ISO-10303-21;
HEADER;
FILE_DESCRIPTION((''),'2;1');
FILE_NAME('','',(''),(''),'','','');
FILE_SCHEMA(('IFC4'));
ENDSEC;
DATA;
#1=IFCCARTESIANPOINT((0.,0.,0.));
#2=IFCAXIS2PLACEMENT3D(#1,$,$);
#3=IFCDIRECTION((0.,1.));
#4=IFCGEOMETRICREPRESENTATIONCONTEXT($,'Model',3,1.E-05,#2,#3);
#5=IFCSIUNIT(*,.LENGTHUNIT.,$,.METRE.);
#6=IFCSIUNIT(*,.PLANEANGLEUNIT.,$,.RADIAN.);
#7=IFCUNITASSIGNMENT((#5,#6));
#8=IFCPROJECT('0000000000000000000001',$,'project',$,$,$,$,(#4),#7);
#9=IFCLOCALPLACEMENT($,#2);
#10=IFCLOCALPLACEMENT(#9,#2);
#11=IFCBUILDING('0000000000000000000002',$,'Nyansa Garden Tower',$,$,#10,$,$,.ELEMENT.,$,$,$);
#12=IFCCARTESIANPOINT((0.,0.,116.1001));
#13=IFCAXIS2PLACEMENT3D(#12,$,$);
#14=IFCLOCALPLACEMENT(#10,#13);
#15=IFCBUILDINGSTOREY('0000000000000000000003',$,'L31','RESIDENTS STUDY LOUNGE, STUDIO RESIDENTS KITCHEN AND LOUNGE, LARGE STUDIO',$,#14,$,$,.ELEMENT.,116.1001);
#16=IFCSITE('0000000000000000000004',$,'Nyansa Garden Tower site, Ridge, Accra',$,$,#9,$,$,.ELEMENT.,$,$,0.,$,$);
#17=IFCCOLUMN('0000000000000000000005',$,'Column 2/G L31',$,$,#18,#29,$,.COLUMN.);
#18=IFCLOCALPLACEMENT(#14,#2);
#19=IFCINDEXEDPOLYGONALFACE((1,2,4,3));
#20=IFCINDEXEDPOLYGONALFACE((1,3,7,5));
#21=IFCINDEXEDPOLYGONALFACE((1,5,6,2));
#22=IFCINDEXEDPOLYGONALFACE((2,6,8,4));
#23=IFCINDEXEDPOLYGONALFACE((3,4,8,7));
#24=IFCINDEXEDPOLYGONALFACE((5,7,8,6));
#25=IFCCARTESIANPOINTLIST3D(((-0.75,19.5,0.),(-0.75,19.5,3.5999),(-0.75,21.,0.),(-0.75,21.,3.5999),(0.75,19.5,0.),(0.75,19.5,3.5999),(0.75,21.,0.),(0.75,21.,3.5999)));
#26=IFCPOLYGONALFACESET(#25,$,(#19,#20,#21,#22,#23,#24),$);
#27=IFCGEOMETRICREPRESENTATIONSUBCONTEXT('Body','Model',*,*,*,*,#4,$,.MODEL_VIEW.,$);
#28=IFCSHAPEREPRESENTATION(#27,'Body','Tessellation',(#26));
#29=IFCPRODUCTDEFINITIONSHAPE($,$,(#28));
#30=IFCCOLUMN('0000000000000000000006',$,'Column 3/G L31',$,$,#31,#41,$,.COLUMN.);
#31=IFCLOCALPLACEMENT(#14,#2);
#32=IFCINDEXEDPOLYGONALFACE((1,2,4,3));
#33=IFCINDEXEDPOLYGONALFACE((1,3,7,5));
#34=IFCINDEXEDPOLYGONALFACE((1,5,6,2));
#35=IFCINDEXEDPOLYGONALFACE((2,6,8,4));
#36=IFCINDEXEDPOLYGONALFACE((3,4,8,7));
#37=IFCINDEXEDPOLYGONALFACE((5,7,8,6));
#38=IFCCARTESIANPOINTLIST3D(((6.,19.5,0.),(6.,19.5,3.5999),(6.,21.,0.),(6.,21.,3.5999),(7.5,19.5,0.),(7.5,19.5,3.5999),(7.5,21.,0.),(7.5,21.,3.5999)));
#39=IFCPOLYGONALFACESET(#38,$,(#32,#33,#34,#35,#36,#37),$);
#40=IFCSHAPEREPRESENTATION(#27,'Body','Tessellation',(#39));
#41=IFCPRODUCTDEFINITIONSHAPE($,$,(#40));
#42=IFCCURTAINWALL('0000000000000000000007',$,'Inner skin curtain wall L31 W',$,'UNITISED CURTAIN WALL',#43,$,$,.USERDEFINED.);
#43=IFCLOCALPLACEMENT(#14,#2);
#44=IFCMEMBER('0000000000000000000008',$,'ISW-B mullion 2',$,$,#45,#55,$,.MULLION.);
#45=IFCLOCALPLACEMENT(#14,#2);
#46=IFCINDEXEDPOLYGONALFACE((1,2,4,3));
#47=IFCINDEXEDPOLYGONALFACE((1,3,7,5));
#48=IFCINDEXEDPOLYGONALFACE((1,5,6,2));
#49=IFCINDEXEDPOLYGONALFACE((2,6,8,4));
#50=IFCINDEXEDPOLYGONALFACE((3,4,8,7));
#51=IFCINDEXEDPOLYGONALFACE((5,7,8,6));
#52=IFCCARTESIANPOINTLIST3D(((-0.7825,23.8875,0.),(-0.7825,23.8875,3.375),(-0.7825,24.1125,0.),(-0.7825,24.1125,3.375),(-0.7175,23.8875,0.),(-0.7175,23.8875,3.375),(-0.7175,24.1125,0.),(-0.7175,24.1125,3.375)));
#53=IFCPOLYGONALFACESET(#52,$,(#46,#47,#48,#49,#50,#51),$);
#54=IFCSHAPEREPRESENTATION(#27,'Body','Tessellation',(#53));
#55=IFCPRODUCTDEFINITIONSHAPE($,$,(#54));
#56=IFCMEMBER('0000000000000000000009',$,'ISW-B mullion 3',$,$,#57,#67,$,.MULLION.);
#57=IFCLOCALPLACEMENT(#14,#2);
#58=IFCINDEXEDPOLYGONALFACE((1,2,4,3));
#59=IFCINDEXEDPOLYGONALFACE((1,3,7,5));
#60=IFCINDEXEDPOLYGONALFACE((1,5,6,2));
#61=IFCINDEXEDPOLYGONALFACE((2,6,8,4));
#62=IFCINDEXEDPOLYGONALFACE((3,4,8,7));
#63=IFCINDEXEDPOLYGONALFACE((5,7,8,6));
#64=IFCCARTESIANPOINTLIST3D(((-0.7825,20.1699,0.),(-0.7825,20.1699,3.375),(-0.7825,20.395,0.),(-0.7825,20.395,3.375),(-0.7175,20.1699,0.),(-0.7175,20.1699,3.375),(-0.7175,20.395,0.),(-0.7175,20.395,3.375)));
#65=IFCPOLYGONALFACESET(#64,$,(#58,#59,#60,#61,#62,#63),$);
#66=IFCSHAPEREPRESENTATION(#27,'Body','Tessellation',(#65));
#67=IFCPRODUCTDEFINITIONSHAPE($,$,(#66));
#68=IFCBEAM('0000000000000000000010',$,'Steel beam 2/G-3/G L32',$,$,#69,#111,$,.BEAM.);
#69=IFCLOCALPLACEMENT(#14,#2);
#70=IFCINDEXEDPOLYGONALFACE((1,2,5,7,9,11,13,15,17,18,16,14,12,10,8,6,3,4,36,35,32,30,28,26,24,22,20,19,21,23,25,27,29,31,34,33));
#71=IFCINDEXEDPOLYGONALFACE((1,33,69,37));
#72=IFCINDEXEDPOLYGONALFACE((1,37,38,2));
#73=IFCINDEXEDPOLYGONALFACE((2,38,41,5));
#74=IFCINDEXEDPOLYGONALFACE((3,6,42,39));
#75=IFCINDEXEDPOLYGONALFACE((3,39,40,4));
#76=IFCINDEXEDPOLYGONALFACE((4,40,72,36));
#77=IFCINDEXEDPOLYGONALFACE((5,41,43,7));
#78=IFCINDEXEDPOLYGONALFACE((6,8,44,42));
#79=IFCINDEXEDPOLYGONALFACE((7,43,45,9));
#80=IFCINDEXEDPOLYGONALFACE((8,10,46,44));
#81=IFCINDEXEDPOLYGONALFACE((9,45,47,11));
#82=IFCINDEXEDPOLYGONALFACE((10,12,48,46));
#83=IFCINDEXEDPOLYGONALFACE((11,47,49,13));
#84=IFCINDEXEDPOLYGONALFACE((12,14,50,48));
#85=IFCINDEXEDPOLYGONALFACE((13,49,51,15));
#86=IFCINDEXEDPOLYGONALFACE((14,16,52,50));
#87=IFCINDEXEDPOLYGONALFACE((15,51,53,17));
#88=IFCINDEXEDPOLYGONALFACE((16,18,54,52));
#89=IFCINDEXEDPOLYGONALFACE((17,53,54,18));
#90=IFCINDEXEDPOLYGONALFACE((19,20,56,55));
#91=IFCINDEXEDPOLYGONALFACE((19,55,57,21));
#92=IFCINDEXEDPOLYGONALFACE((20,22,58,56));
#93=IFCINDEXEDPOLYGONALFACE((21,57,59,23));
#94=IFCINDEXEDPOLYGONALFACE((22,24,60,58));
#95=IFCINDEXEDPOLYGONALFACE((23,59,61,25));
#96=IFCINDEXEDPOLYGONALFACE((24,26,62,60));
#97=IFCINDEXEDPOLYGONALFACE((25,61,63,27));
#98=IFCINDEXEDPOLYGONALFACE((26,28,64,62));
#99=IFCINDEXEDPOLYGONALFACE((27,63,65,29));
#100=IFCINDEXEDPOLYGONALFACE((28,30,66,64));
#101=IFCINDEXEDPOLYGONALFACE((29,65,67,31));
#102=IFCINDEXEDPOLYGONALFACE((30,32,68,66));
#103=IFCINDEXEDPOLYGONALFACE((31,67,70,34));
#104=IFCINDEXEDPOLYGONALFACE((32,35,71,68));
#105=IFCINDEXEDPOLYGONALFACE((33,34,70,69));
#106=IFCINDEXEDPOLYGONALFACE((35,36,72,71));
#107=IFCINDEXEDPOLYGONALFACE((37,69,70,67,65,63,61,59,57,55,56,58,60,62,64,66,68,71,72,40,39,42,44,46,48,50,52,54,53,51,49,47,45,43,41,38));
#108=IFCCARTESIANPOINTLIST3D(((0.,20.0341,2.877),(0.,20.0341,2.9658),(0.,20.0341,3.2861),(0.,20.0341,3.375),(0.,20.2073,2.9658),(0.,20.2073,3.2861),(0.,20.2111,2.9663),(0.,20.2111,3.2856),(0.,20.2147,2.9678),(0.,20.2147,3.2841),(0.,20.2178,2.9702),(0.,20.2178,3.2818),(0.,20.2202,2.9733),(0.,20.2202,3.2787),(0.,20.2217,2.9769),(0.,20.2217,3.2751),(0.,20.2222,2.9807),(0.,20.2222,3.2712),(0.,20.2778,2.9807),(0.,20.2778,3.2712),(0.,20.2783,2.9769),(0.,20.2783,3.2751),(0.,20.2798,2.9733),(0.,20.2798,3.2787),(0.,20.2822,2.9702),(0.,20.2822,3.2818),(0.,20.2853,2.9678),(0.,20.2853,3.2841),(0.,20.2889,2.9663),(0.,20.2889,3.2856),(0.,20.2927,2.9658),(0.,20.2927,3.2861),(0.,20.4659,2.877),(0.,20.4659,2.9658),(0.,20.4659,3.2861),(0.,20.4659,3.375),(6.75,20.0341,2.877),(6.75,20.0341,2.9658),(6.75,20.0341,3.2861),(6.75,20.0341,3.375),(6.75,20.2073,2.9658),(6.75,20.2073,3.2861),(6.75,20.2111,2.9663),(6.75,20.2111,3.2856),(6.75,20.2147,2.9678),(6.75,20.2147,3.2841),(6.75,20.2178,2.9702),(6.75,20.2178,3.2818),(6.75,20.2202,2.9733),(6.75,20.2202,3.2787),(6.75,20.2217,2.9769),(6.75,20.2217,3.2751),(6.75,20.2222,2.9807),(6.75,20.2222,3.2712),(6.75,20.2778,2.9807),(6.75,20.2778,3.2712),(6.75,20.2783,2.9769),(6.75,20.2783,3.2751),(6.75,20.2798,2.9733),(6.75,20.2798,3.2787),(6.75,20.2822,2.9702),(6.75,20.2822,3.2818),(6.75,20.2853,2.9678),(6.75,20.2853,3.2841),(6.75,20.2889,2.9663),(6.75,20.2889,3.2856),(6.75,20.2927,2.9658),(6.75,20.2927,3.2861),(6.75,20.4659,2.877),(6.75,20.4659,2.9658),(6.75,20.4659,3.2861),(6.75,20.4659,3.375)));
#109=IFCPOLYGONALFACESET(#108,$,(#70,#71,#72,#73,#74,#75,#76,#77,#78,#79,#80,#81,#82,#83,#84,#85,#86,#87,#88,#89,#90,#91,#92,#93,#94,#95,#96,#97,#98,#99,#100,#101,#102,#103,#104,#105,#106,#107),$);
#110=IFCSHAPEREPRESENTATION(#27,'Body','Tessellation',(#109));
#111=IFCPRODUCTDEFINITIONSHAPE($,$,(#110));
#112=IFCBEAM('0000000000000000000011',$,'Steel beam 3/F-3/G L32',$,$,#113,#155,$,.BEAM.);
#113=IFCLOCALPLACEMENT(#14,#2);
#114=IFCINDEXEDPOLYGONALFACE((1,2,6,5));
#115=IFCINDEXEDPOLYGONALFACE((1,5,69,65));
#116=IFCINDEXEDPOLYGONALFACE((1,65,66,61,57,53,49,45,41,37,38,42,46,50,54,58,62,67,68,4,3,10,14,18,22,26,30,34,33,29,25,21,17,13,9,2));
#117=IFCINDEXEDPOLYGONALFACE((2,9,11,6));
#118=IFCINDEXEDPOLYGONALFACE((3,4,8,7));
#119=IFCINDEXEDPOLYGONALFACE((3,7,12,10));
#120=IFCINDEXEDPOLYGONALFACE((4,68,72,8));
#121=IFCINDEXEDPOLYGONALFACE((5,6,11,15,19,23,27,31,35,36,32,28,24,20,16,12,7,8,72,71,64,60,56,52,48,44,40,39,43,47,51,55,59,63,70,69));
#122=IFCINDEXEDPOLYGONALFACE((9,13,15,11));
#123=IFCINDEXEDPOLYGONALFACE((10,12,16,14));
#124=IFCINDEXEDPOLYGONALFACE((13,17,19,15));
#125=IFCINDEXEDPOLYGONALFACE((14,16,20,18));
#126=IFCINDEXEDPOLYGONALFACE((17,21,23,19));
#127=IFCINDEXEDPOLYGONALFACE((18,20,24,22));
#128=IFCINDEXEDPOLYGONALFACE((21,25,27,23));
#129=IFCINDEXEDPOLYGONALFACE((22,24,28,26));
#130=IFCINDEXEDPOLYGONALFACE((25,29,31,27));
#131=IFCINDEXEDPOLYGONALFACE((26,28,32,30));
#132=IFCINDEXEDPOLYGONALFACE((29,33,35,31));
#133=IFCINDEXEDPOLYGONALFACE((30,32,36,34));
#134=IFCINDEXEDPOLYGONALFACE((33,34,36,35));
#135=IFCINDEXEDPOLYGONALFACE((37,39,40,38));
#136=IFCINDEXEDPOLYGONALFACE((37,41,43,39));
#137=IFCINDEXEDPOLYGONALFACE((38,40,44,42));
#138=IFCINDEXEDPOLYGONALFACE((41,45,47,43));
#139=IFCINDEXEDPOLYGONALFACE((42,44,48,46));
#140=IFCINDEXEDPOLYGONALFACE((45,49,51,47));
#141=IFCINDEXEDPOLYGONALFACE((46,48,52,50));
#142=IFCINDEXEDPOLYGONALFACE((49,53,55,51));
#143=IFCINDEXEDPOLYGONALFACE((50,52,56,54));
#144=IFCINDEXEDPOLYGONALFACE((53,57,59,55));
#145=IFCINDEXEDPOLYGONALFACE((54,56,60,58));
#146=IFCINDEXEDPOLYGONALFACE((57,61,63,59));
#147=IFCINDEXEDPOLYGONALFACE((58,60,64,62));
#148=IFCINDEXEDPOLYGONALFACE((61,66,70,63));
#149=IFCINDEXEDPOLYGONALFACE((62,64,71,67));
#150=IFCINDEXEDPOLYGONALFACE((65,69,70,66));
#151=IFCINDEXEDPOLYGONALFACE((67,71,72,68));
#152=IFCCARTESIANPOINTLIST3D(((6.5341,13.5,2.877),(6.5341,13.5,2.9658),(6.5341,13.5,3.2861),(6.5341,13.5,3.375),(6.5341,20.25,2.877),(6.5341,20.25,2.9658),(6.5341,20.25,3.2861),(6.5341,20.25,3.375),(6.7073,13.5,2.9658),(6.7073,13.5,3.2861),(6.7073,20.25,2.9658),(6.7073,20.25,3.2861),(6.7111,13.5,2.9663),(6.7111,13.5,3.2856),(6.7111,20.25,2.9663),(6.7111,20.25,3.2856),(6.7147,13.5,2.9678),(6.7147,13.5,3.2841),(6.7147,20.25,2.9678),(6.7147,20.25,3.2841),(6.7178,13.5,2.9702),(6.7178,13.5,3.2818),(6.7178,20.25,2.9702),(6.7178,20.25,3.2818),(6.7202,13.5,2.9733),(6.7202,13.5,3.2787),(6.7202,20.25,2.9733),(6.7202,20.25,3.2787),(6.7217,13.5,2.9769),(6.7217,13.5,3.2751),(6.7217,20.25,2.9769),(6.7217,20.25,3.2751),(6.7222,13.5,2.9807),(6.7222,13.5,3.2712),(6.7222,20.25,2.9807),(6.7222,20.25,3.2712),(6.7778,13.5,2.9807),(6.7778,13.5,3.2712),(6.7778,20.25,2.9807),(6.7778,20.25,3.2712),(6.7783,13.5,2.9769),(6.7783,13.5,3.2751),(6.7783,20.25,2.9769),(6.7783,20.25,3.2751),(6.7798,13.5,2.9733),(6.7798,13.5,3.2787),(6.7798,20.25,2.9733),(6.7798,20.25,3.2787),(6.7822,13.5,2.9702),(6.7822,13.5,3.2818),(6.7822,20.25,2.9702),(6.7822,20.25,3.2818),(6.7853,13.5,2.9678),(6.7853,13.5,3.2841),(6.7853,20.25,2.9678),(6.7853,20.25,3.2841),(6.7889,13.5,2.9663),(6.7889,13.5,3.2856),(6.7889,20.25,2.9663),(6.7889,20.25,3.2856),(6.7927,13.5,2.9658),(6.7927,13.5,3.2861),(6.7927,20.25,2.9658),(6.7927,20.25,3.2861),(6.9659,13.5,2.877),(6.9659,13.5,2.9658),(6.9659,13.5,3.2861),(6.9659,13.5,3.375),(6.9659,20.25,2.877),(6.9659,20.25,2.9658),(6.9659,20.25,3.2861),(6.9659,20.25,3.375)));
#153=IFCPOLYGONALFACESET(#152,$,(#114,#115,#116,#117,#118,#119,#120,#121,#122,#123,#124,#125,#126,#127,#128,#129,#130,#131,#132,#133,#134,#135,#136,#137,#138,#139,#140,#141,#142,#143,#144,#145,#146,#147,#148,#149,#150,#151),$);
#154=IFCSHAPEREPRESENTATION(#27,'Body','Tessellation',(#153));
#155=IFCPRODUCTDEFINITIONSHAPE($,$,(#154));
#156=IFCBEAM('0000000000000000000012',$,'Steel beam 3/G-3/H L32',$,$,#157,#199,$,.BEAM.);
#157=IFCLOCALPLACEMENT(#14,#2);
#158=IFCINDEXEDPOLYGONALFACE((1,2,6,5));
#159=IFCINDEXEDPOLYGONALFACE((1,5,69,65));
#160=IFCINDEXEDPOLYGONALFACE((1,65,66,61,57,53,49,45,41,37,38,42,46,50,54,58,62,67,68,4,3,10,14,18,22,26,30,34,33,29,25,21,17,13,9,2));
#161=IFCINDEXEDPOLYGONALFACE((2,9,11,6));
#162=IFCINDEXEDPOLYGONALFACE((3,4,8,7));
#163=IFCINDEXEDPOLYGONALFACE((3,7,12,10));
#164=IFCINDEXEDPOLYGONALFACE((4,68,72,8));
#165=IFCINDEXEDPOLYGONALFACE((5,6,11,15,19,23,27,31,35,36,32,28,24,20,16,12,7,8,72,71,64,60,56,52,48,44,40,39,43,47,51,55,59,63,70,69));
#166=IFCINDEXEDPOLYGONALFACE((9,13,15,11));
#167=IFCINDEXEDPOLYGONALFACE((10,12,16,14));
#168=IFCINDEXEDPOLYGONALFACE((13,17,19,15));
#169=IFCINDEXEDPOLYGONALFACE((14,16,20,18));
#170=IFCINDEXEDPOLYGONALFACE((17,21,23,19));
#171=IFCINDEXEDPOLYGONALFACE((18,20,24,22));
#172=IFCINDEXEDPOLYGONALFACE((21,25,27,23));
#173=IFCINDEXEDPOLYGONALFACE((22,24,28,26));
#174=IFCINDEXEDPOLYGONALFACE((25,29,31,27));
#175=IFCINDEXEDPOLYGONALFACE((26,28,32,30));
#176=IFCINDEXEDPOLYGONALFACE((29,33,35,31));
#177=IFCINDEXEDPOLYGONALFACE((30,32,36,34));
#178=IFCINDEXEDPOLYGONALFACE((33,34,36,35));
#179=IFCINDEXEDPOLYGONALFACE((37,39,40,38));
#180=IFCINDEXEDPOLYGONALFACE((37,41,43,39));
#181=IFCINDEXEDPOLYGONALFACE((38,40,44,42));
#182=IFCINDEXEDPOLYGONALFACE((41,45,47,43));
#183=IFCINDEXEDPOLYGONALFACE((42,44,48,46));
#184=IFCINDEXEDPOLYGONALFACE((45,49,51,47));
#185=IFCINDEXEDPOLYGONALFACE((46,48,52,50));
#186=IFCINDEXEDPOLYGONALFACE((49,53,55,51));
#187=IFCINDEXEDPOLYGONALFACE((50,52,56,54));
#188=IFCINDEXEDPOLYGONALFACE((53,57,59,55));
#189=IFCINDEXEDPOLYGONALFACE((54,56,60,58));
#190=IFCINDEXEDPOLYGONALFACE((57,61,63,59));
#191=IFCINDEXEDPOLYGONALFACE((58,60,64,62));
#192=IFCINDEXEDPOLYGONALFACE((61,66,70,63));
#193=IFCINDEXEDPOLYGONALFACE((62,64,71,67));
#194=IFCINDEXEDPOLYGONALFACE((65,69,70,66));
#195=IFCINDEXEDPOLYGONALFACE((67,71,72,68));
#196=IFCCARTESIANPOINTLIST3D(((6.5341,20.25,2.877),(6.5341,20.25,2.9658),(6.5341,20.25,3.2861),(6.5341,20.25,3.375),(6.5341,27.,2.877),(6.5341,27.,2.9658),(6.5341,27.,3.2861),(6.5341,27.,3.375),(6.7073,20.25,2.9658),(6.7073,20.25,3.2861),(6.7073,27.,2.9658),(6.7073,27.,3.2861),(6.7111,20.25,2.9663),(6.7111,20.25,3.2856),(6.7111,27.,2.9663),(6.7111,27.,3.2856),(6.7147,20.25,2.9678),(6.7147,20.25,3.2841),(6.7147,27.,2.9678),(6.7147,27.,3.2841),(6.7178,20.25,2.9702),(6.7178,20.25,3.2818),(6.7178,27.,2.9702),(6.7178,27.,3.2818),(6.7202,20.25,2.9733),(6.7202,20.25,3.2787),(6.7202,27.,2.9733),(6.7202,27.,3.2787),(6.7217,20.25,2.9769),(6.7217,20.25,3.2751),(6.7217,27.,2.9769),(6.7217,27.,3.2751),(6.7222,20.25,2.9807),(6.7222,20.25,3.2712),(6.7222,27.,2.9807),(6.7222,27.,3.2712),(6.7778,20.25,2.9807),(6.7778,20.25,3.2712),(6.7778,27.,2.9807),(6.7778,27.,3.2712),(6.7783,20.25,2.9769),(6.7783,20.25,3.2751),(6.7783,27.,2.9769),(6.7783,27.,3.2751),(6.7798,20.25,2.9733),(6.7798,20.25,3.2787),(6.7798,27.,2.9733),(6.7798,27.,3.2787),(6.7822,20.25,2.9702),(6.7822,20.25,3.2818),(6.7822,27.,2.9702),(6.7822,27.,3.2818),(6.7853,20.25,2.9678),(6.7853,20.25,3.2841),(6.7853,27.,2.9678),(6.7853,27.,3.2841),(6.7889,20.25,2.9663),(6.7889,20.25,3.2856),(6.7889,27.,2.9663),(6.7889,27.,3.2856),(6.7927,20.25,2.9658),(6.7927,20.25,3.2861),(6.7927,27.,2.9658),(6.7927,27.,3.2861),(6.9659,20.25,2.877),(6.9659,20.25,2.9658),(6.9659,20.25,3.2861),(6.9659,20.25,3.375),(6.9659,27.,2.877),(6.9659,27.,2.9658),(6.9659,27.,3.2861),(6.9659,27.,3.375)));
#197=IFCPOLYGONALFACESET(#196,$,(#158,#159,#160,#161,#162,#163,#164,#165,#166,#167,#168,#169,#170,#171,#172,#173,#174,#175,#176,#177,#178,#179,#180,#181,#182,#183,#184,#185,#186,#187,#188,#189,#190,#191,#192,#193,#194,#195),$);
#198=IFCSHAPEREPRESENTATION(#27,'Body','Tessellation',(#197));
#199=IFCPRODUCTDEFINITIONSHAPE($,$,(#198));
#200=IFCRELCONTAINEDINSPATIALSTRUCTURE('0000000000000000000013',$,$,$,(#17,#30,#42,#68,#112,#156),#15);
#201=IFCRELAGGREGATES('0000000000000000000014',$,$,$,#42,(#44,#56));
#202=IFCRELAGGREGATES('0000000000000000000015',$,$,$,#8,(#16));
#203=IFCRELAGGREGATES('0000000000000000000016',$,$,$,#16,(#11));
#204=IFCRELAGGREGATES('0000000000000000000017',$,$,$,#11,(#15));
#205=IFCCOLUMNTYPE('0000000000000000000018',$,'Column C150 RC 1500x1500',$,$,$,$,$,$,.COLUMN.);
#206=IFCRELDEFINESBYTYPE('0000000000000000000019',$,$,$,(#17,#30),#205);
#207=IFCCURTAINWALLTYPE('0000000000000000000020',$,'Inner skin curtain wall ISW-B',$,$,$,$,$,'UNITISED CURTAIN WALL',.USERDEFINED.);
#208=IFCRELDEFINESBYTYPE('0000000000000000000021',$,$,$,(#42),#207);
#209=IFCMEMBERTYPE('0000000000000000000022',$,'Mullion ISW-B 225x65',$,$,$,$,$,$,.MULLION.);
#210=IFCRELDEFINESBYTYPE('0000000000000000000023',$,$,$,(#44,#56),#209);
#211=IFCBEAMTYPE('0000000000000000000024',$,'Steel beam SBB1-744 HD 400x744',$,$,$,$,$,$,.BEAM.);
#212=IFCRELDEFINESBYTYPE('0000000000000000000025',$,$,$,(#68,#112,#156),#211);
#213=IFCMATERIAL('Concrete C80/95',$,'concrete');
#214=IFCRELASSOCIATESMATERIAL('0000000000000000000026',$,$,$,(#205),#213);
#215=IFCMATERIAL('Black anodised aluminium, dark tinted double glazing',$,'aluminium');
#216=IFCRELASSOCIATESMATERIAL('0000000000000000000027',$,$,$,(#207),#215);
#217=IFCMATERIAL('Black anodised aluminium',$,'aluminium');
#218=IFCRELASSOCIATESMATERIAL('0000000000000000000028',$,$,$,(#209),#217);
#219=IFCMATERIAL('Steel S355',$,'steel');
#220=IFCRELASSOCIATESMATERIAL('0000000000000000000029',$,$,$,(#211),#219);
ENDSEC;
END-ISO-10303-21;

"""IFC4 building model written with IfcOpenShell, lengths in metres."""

from ifc_helpers import new_model, si_unit, direction, frame, origin, origin_2d, place, context, subcontext, project, spatial, rectangle, i_section, extrude, material, material_profile, profile_set, type_object, element, aggregate, save


model = new_model("IFC4")

# Units and contexts
model_context = context("Model", 3, precision=1e-05, world=origin(), true_north=direction((0.0, 1.0)))
body_context = subcontext(model_context, "Body", "Model", "MODEL_VIEW")
ifc_project = project(units=[si_unit("LENGTHUNIT", "METRE"), si_unit("PLANEANGLEUNIT", "RADIAN")], contexts=[model_context])

# Site, building, storey
site_placement = place(None, origin())
site = spatial("IfcSite", under=ifc_project, at=site_placement, Name="Nyansa Garden Tower site, Ridge, Accra", CompositionType="ELEMENT", RefElevation=0.0)
building_placement = place(site_placement, origin())
building = spatial("IfcBuilding", under=site, at=building_placement, Name="Nyansa Garden Tower", CompositionType="ELEMENT")
storey_placement = place(building_placement, frame((0.0, 0.0, 116.1001)))
storey = spatial("IfcBuildingStorey", under=building, at=storey_placement, Name="L31", Description="RESIDENTS STUDY LOUNGE, STUDIO RESIDENTS KITCHEN AND LOUNGE, LARGE STUDIO", CompositionType="ELEMENT", Elevation=116.1001)

# Columns
ifc_material_1 = material(Name="Concrete C80/95", Category="concrete")
ifc_material_profile_1 = material_profile(ifc_material_1, rectangle(XDim=1.5, YDim=1.5, at=origin_2d()), Name="RC 1500x1500")
ifc_profile_set_1 = profile_set([ifc_material_profile_1], Name="Concrete C80/95")
column_type = type_object("IfcColumnType", Name="Column C150 RC 1500x1500", PredefinedType="COLUMN", material=ifc_profile_set_1)
for number, where, z_axis, x_axis, name in (
    (1, (0.0, 20.25, 0.0), (0.0, 0.0, 1.0), (1.0, 0.0, 0.0), "Column 2/G L31"),
    (2, (6.75, 20.25, 0.0), (0.0, 0.0, 1.0), (1.0, 0.0, 0.0), "Column 3/G L31"),
):
    element("IfcColumn", number, at=place(storey_placement, frame(where, z_axis=z_axis, x_axis=x_axis)), inside=storey, type_object=column_type, Name=name, PredefinedType="COLUMN", context=body_context, shape_type="SweptSolid", body=[
        extrude(rectangle(XDim=1.5, YDim=1.5, at=origin_2d()), origin(), (0.0, 0.0, 1.0), 3.5999),
    ])

# Curtain wall, members
ifc_material_2 = material(Name="Black anodised aluminium, dark tinted double glazing", Category="aluminium")
curtain_wall_type = type_object("IfcCurtainWallType", Name="Inner skin curtain wall ISW-B", ElementType="UNITISED CURTAIN WALL", PredefinedType="USERDEFINED", material=ifc_material_2)
curtain_wall_placement = place(storey_placement, origin())
curtain_wall = element("IfcCurtainWall", 3, at=curtain_wall_placement, inside=storey, type_object=curtain_wall_type, Name="Inner skin curtain wall L31 W", ObjectType="UNITISED CURTAIN WALL", PredefinedType="USERDEFINED")
ifc_material_3 = material(Name="Black anodised aluminium", Category="aluminium")
ifc_material_profile_2 = material_profile(ifc_material_3, rectangle(XDim=0.0649, YDim=0.2251, at=origin_2d()), Name="Mullion 225x65")
ifc_profile_set_2 = profile_set([ifc_material_profile_2], Name="Black anodised aluminium")
member_type_1 = type_object("IfcMemberType", Name="Mullion ISW-B 225x65", PredefinedType="MULLION", material=ifc_profile_set_2)
member_1_placement = place(storey_placement, frame((-0.75, 24.0, 0.0), z_axis=(0.0, 0.0, 1.0), x_axis=(1.0, 0.0, 0.0)))
member_1 = element("IfcMember", 4, at=member_1_placement, type_object=member_type_1, Name="ISW-B mullion 2", PredefinedType="MULLION", context=body_context, shape_type="SweptSolid", body=[
    extrude(rectangle(XDim=0.0649, YDim=0.2251, at=origin_2d()), origin(), (0.0, 0.0, 1.0), 3.375),
])
member_2_placement = place(storey_placement, frame((-0.75, 20.2825, 0.0), z_axis=(0.0, 0.0, 1.0), x_axis=(1.0, 0.0, 0.0)))
member_2 = element("IfcMember", 5, at=member_2_placement, type_object=member_type_1, Name="ISW-B mullion 3", PredefinedType="MULLION", context=body_context, shape_type="SweptSolid", body=[
    extrude(rectangle(XDim=0.0649, YDim=0.2251, at=origin_2d()), origin(), (0.0, 0.0, 1.0), 3.375),
])

# Beams
ifc_material_4 = material(Name="Steel S355", Category="steel")
ifc_material_profile_3 = material_profile(ifc_material_4, i_section(OverallWidth=0.4319, OverallDepth=0.498, WebThickness=0.0557, FlangeThickness=0.0889, FilletRadius=0.0149, at=origin_2d()), Name="HD 400x744")
ifc_profile_set_3 = profile_set([ifc_material_profile_3], Name="Steel S355")
beam_type_1 = type_object("IfcBeamType", Name="Steel beam SBB1-744 HD 400x744", PredefinedType="BEAM", material=ifc_profile_set_3)
for number, where, z_axis, x_axis, name in (
    (6, (0.0, 20.25, 3.126), (1.0, 0.0, 0.0), (0.0, 1.0, 0.0), "Steel beam 2/G-3/G L32"),
    (7, (6.75, 13.5, 3.126), (0.0, 1.0, 0.0), (-1.0, 0.0, 0.0), "Steel beam 3/F-3/G L32"),
    (8, (6.75, 20.25, 3.126), (0.0, 1.0, 0.0), (-1.0, 0.0, 0.0), "Steel beam 3/G-3/H L32"),
):
    element("IfcBeam", number, at=place(storey_placement, frame(where, z_axis=z_axis, x_axis=x_axis)), inside=storey, type_object=beam_type_1, Name=name, PredefinedType="BEAM", context=body_context, shape_type="SweptSolid", body=[
        extrude(i_section(OverallWidth=0.4319, OverallDepth=0.498, WebThickness=0.0557, FlangeThickness=0.0889, FilletRadius=0.0149, at=origin_2d()), origin(), (0.0, 0.0, 1.0), 6.75),
    ])

aggregate(curtain_wall, [member_1, member_2])

save(model, "model.ifc")
